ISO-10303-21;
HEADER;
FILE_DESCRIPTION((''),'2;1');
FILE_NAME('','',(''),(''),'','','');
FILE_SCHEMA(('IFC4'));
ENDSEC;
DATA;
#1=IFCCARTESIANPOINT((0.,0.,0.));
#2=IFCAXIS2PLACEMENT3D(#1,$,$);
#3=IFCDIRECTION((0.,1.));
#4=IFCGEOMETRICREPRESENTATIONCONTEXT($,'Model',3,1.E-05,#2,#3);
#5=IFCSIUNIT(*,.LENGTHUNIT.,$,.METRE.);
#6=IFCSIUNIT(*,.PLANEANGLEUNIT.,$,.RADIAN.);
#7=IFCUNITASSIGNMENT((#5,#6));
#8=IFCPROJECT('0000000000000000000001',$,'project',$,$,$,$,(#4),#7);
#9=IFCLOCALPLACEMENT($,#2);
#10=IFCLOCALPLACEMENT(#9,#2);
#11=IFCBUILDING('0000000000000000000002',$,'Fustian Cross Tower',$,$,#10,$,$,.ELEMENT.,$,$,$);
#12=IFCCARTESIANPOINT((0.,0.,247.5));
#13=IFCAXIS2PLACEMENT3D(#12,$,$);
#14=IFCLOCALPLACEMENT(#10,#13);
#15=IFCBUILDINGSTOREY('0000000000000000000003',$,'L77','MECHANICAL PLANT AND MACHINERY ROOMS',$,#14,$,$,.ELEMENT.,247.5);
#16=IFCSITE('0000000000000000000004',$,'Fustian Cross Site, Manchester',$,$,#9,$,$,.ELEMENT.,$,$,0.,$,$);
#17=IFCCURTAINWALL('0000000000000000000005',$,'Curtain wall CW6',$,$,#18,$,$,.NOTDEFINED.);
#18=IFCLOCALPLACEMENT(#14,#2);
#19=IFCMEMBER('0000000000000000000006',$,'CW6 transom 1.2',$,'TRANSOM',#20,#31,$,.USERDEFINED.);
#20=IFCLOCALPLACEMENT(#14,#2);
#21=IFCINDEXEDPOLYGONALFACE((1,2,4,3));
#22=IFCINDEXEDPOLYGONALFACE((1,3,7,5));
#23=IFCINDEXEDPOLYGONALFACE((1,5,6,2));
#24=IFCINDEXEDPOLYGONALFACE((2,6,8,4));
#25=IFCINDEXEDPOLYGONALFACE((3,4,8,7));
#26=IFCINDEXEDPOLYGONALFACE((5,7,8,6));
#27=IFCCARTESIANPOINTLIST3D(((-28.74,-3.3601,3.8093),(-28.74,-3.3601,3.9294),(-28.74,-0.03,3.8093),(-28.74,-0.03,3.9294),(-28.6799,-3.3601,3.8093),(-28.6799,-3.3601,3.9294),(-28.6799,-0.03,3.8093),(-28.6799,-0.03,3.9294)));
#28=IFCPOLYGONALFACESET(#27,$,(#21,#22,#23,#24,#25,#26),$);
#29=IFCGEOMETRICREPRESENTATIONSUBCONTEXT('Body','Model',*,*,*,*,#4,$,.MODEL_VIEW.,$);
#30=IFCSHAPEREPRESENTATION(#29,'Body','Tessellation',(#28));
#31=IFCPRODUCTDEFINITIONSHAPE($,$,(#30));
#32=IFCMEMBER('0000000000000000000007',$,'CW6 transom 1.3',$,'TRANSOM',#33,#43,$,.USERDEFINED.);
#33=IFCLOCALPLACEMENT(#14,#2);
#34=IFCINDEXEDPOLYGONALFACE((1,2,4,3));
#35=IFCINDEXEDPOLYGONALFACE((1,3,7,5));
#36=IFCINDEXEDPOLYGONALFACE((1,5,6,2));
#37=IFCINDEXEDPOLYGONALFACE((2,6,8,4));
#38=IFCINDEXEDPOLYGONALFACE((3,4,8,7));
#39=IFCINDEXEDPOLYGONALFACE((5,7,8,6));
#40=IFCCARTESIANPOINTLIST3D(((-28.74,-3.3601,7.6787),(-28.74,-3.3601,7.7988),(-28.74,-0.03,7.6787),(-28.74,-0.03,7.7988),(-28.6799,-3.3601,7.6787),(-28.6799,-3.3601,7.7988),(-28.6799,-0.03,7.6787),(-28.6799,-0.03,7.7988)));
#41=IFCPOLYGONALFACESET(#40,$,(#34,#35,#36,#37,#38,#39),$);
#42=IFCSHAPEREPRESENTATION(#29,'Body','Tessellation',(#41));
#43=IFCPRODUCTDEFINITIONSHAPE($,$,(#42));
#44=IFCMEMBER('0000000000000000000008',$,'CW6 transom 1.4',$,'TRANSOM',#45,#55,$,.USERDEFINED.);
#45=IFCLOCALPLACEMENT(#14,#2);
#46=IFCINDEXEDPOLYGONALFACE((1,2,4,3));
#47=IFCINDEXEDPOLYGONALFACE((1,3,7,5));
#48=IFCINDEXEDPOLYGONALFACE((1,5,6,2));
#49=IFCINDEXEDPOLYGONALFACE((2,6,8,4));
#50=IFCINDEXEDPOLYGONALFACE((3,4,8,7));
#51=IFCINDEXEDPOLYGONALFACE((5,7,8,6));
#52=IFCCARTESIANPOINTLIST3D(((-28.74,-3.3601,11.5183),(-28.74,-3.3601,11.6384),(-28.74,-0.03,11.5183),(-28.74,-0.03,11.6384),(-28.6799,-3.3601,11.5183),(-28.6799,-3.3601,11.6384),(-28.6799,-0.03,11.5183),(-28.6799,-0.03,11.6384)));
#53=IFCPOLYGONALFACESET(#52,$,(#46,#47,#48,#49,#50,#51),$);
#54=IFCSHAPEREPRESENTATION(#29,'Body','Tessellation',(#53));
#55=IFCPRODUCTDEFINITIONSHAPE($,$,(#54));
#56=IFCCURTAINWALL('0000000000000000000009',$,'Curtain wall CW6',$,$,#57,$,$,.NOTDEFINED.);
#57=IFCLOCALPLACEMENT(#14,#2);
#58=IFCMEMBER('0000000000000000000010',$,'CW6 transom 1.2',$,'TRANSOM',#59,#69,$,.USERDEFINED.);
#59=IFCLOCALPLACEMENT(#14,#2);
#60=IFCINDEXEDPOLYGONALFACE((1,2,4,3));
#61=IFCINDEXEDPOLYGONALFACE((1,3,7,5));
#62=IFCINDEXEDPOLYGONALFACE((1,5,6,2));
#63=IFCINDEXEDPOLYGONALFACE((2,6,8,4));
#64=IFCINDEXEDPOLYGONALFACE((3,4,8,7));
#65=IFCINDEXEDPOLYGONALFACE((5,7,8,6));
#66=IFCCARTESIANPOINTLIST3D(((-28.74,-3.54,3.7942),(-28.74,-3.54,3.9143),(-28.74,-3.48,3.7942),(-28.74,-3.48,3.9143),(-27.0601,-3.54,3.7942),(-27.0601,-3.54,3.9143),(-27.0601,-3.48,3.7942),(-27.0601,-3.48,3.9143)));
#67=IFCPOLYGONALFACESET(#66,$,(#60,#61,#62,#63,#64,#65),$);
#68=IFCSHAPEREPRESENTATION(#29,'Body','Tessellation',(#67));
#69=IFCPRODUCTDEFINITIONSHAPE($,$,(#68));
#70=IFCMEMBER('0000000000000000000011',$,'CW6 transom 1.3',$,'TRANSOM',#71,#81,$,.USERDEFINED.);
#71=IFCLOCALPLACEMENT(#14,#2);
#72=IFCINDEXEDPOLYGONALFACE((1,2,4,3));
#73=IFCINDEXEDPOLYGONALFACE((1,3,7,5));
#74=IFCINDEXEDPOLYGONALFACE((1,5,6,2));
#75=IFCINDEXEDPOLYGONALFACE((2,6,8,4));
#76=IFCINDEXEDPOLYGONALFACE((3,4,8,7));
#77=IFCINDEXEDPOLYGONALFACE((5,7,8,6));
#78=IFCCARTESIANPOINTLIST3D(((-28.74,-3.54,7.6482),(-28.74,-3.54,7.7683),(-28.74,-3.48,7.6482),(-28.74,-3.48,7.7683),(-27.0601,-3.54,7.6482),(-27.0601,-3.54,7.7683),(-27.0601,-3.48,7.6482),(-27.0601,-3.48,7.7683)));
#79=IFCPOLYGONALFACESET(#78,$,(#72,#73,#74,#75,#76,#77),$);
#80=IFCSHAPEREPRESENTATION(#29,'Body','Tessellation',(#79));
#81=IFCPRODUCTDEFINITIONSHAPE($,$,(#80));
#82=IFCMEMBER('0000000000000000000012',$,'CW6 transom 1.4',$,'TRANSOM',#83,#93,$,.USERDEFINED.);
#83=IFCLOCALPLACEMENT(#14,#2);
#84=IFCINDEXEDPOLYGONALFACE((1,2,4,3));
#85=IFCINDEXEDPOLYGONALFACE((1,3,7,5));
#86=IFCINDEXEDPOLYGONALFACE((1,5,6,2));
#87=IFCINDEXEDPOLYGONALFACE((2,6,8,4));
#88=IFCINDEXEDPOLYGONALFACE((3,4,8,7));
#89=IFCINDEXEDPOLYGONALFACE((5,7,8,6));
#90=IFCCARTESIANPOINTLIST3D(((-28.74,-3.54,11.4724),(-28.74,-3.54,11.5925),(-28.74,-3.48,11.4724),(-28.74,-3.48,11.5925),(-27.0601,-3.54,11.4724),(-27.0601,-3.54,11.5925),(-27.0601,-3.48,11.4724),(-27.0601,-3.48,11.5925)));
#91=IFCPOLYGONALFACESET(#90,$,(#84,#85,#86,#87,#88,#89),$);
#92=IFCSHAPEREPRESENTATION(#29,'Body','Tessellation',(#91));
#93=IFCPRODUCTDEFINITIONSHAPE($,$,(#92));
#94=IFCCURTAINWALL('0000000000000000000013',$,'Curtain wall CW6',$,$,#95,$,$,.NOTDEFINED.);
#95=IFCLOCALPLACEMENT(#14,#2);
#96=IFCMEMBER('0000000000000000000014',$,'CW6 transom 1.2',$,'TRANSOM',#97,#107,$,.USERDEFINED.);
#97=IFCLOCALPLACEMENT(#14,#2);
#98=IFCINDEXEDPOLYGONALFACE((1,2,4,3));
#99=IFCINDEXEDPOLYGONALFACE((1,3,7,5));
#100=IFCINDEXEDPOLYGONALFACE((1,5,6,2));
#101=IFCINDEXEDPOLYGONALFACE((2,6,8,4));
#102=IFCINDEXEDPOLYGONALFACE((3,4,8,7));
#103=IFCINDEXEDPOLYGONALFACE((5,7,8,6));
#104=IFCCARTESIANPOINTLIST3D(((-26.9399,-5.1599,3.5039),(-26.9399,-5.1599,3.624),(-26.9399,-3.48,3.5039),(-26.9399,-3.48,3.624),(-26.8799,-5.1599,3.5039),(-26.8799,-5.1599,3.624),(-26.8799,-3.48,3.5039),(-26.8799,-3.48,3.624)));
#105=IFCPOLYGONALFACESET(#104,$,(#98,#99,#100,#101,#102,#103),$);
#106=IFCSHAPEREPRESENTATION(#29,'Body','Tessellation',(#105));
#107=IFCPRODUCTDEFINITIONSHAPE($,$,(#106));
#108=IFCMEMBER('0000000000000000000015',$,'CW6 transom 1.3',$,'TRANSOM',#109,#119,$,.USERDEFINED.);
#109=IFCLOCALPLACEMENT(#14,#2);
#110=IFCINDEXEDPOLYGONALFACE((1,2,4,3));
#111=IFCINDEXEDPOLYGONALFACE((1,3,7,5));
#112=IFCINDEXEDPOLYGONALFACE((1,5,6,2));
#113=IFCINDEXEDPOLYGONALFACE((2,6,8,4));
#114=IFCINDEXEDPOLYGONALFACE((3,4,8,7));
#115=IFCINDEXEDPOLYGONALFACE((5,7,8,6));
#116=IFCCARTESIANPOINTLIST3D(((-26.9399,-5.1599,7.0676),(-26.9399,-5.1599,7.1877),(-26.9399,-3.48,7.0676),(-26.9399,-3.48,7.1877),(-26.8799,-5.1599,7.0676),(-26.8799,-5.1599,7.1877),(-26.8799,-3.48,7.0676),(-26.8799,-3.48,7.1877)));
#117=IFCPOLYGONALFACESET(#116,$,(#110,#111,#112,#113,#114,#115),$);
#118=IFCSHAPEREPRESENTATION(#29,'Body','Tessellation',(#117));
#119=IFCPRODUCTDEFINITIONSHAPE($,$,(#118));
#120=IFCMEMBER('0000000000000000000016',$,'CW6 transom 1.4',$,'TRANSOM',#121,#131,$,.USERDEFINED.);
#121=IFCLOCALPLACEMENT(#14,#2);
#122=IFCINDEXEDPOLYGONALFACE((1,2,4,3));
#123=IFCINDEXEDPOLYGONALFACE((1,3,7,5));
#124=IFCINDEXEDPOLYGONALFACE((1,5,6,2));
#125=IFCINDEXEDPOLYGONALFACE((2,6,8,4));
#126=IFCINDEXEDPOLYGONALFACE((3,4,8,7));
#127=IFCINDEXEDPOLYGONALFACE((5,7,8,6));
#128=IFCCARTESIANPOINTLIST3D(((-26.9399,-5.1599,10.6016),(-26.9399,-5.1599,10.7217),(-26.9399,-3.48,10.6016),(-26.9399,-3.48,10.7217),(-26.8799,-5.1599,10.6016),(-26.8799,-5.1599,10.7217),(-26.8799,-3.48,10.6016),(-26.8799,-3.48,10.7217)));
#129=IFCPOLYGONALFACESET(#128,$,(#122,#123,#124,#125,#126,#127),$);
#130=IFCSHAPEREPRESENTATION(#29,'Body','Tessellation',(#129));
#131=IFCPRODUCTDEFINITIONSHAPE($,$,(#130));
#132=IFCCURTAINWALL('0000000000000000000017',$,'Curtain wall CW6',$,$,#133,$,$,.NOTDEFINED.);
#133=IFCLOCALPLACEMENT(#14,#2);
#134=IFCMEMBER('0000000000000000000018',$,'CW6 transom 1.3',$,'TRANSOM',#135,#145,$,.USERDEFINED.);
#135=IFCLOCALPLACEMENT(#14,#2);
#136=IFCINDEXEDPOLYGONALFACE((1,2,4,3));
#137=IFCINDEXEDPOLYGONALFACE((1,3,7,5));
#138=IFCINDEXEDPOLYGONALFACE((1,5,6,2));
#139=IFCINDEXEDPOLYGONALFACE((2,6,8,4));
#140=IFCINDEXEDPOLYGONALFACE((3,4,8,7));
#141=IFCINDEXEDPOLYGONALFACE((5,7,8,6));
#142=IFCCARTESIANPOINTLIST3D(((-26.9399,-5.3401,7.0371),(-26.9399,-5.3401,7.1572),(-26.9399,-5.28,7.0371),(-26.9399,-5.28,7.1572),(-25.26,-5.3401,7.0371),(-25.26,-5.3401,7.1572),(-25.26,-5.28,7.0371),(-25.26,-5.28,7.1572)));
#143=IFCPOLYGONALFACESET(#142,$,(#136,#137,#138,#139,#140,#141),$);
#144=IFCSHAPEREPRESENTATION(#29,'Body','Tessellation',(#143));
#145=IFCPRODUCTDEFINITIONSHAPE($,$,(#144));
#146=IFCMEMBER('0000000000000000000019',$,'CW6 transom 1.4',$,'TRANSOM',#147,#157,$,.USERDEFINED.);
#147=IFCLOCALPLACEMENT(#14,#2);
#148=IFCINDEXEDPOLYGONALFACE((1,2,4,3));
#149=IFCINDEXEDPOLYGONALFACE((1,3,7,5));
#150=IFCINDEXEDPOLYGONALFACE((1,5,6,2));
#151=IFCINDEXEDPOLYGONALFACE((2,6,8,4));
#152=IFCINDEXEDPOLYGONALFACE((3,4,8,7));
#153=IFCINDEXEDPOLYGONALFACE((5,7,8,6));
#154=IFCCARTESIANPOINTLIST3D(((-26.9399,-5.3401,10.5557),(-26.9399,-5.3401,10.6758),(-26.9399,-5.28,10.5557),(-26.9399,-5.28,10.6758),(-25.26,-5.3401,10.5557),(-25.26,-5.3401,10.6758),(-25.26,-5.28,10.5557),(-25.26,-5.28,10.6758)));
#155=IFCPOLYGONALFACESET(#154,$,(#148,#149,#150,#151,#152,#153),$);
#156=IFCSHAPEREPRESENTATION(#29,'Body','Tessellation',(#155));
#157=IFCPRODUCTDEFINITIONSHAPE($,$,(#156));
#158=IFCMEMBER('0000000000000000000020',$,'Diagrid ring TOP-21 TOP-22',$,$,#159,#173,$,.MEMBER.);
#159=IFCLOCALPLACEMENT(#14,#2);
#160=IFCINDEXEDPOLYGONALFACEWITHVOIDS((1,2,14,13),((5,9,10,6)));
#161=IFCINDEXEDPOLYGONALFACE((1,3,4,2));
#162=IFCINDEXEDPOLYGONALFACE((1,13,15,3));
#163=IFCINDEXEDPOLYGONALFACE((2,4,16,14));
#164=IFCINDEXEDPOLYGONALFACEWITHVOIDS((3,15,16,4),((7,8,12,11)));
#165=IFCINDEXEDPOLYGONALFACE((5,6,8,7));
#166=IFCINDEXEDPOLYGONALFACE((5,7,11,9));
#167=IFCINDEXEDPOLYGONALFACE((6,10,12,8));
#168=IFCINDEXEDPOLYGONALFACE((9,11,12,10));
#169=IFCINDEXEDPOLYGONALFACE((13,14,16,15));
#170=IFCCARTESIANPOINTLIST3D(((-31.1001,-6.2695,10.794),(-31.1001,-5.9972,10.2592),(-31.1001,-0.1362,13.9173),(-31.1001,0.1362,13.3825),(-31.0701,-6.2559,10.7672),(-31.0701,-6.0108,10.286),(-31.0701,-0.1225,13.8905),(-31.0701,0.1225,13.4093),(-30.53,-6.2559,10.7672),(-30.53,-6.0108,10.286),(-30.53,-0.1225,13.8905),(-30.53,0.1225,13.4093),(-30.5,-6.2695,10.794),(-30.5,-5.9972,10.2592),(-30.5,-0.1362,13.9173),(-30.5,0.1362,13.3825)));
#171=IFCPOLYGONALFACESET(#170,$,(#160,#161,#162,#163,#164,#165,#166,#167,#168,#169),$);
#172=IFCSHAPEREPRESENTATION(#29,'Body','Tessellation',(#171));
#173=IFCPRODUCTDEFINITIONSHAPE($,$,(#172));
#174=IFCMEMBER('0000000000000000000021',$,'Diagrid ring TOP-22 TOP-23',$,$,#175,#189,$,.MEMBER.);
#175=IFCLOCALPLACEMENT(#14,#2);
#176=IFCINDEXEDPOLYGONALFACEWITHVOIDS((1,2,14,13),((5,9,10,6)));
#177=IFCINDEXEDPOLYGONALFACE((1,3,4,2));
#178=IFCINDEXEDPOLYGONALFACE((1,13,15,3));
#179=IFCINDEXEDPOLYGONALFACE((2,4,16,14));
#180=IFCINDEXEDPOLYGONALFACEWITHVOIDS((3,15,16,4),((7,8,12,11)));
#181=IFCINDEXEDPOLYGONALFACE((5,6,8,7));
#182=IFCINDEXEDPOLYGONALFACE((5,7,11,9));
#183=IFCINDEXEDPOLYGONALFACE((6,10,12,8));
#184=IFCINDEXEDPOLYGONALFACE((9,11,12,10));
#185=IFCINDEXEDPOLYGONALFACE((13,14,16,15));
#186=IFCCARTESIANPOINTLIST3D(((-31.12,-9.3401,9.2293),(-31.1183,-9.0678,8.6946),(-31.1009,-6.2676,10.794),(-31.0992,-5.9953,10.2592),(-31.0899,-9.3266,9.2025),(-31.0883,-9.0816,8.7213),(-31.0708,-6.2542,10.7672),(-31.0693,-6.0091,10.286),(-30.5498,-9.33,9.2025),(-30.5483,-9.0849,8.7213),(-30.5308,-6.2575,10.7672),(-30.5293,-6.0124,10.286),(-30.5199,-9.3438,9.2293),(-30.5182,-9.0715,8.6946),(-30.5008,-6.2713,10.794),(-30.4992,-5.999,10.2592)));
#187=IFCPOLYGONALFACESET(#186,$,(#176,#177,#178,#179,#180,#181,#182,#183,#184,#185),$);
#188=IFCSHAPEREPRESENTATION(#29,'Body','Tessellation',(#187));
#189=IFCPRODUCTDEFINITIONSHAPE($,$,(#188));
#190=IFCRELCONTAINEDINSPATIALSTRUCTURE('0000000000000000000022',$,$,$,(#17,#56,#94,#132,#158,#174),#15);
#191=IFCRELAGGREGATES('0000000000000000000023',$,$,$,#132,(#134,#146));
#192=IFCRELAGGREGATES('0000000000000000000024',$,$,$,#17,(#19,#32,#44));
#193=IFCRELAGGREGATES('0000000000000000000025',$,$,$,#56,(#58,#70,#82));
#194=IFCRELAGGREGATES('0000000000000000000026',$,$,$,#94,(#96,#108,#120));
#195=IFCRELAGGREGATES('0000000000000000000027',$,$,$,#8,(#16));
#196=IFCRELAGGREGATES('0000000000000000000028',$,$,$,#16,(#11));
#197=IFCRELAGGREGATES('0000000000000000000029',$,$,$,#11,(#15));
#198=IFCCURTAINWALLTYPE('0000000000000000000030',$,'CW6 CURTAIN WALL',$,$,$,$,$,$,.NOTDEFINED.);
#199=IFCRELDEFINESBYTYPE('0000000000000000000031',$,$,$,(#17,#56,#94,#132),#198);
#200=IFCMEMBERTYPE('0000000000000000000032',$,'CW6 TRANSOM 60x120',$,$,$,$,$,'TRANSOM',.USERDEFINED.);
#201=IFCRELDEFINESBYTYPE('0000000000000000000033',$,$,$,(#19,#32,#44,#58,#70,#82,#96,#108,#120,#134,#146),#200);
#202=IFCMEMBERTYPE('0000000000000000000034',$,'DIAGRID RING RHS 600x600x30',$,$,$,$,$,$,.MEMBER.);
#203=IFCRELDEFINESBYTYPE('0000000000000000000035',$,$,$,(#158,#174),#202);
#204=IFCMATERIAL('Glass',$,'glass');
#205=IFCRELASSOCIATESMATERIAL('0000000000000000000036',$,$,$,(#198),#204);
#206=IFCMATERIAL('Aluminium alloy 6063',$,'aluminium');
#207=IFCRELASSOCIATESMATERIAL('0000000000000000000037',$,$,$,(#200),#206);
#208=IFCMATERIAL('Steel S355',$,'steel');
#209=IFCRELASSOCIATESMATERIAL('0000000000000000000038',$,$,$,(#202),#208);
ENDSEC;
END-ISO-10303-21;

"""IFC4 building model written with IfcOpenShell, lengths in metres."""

from ifc_helpers import new_model, si_unit, direction, frame, origin, origin_2d, place, context, subcontext, project, spatial, rectangle, hollow_rectangle, extrude, material, material_profile, profile_set, type_object, element, aggregate, save


model = new_model("IFC4")

# Units and contexts
model_context = context("Model", 3, precision=1e-05, world=origin(), true_north=direction((0.0, 1.0)))
body_context = subcontext(model_context, "Body", "Model", "MODEL_VIEW")
ifc_project = project(units=[si_unit("LENGTHUNIT", "METRE"), si_unit("PLANEANGLEUNIT", "RADIAN")], contexts=[model_context])

# Site, building, storey
site_placement = place(None, origin())
site = spatial("IfcSite", under=ifc_project, at=site_placement, Name="Fustian Cross Site, Manchester", CompositionType="ELEMENT", RefElevation=0.0)
building_placement = place(site_placement, origin())
building = spatial("IfcBuilding", under=site, at=building_placement, Name="Fustian Cross Tower", CompositionType="ELEMENT")
storey_placement = place(building_placement, frame((0.0, 0.0, 247.5)))
storey = spatial("IfcBuildingStorey", under=building, at=storey_placement, Name="L77", Description="MECHANICAL PLANT AND MACHINERY ROOMS", CompositionType="ELEMENT", Elevation=247.5)

# Curtain walls, members
ifc_material_1 = material(Name="Glass", Category="glass")
curtain_wall_type = type_object("IfcCurtainWallType", Name="CW6 CURTAIN WALL", PredefinedType="NOTDEFINED", material=ifc_material_1)
curtain_wall_1_placement = place(storey_placement, origin())
curtain_wall_1 = element("IfcCurtainWall", 1, at=curtain_wall_1_placement, inside=storey, type_object=curtain_wall_type, Name="Curtain wall CW6", PredefinedType="NOTDEFINED")
ifc_material_2 = material(Name="Aluminium alloy 6063", Category="aluminium")
ifc_material_profile_1 = material_profile(ifc_material_2, rectangle(XDim=0.0601, YDim=0.1201, at=origin_2d()), Name="CW6 TRANSOM 60x120")
ifc_profile_set_1 = profile_set([ifc_material_profile_1], Name="Aluminium alloy 6063")
member_type_1 = type_object("IfcMemberType", Name="CW6 TRANSOM 60x120", ElementType="TRANSOM", PredefinedType="USERDEFINED", material=ifc_profile_set_1)
member_1_placement = place(storey_placement, frame((-28.71, -0.03, 3.8694), z_axis=(0.0, -1.0, 0.0), x_axis=(1.0, 0.0, 0.0)))
member_1 = element("IfcMember", 2, at=member_1_placement, type_object=member_type_1, Name="CW6 transom 1.2", ObjectType="TRANSOM", PredefinedType="USERDEFINED", context=body_context, shape_type="SweptSolid", body=[
    extrude(rectangle(XDim=0.0601, YDim=0.1201, at=origin_2d()), origin(), (0.0, 0.0, 1.0), 3.3301),
])
member_2_placement = place(storey_placement, frame((-28.71, -0.03, 7.7388), z_axis=(0.0, -1.0, 0.0), x_axis=(1.0, 0.0, 0.0)))
member_2 = element("IfcMember", 3, at=member_2_placement, type_object=member_type_1, Name="CW6 transom 1.3", ObjectType="TRANSOM", PredefinedType="USERDEFINED", context=body_context, shape_type="SweptSolid", body=[
    extrude(rectangle(XDim=0.0601, YDim=0.1201, at=origin_2d()), origin(), (0.0, 0.0, 1.0), 3.3301),
])
member_3_placement = place(storey_placement, frame((-28.71, -0.03, 11.5784), z_axis=(0.0, -1.0, 0.0), x_axis=(1.0, 0.0, 0.0)))
member_3 = element("IfcMember", 4, at=member_3_placement, type_object=member_type_1, Name="CW6 transom 1.4", ObjectType="TRANSOM", PredefinedType="USERDEFINED", context=body_context, shape_type="SweptSolid", body=[
    extrude(rectangle(XDim=0.0601, YDim=0.1201, at=origin_2d()), origin(), (0.0, 0.0, 1.0), 3.3301),
])
curtain_wall_2_placement = place(storey_placement, origin())
curtain_wall_2 = element("IfcCurtainWall", 5, at=curtain_wall_2_placement, inside=storey, type_object=curtain_wall_type, Name="Curtain wall CW6", PredefinedType="NOTDEFINED")
member_4_placement = place(storey_placement, frame((-28.74, -3.51, 3.8542), z_axis=(1.0, 0.0, 0.0), x_axis=(0.0, 1.0, 0.0)))
member_4 = element("IfcMember", 6, at=member_4_placement, type_object=member_type_1, Name="CW6 transom 1.2", ObjectType="TRANSOM", PredefinedType="USERDEFINED", context=body_context, shape_type="SweptSolid", body=[
    extrude(rectangle(XDim=0.0601, YDim=0.1201, at=origin_2d()), origin(), (0.0, 0.0, 1.0), 1.6799),
])
member_5_placement = place(storey_placement, frame((-28.74, -3.51, 7.7083), z_axis=(1.0, 0.0, 0.0), x_axis=(0.0, 1.0, 0.0)))
member_5 = element("IfcMember", 7, at=member_5_placement, type_object=member_type_1, Name="CW6 transom 1.3", ObjectType="TRANSOM", PredefinedType="USERDEFINED", context=body_context, shape_type="SweptSolid", body=[
    extrude(rectangle(XDim=0.0601, YDim=0.1201, at=origin_2d()), origin(), (0.0, 0.0, 1.0), 1.6799),
])
member_6_placement = place(storey_placement, frame((-28.74, -3.51, 11.5325), z_axis=(1.0, 0.0, 0.0), x_axis=(0.0, 1.0, 0.0)))
member_6 = element("IfcMember", 8, at=member_6_placement, type_object=member_type_1, Name="CW6 transom 1.4", ObjectType="TRANSOM", PredefinedType="USERDEFINED", context=body_context, shape_type="SweptSolid", body=[
    extrude(rectangle(XDim=0.0601, YDim=0.1201, at=origin_2d()), origin(), (0.0, 0.0, 1.0), 1.6799),
])
curtain_wall_3_placement = place(storey_placement, origin())
curtain_wall_3 = element("IfcCurtainWall", 9, at=curtain_wall_3_placement, inside=storey, type_object=curtain_wall_type, Name="Curtain wall CW6", PredefinedType="NOTDEFINED")
member_7_placement = place(storey_placement, frame((-26.9099, -3.48, 3.564), z_axis=(0.0, -1.0, 0.0), x_axis=(1.0, 0.0, 0.0)))
member_7 = element("IfcMember", 10, at=member_7_placement, type_object=member_type_1, Name="CW6 transom 1.2", ObjectType="TRANSOM", PredefinedType="USERDEFINED", context=body_context, shape_type="SweptSolid", body=[
    extrude(rectangle(XDim=0.0601, YDim=0.1201, at=origin_2d()), origin(), (0.0, 0.0, 1.0), 1.6799),
])
member_8_placement = place(storey_placement, frame((-26.9099, -3.48, 7.1277), z_axis=(0.0, -1.0, 0.0), x_axis=(1.0, 0.0, 0.0)))
member_8 = element("IfcMember", 11, at=member_8_placement, type_object=member_type_1, Name="CW6 transom 1.3", ObjectType="TRANSOM", PredefinedType="USERDEFINED", context=body_context, shape_type="SweptSolid", body=[
    extrude(rectangle(XDim=0.0601, YDim=0.1201, at=origin_2d()), origin(), (0.0, 0.0, 1.0), 1.6799),
])
member_9_placement = place(storey_placement, frame((-26.9099, -3.48, 10.6616), z_axis=(0.0, -1.0, 0.0), x_axis=(1.0, 0.0, 0.0)))
member_9 = element("IfcMember", 12, at=member_9_placement, type_object=member_type_1, Name="CW6 transom 1.4", ObjectType="TRANSOM", PredefinedType="USERDEFINED", context=body_context, shape_type="SweptSolid", body=[
    extrude(rectangle(XDim=0.0601, YDim=0.1201, at=origin_2d()), origin(), (0.0, 0.0, 1.0), 1.6799),
])
curtain_wall_4_placement = place(storey_placement, origin())
curtain_wall_4 = element("IfcCurtainWall", 13, at=curtain_wall_4_placement, inside=storey, type_object=curtain_wall_type, Name="Curtain wall CW6", PredefinedType="NOTDEFINED")
member_10_placement = place(storey_placement, frame((-26.9399, -5.3101, 7.0972), z_axis=(1.0, 0.0, 0.0), x_axis=(0.0, 1.0, 0.0)))
member_10 = element("IfcMember", 14, at=member_10_placement, type_object=member_type_1, Name="CW6 transom 1.3", ObjectType="TRANSOM", PredefinedType="USERDEFINED", context=body_context, shape_type="SweptSolid", body=[
    extrude(rectangle(XDim=0.0601, YDim=0.1201, at=origin_2d()), origin(), (0.0, 0.0, 1.0), 1.6799),
])
member_11_placement = place(storey_placement, frame((-26.9399, -5.3101, 10.6157), z_axis=(1.0, 0.0, 0.0), x_axis=(0.0, 1.0, 0.0)))
member_11 = element("IfcMember", 15, at=member_11_placement, type_object=member_type_1, Name="CW6 transom 1.4", ObjectType="TRANSOM", PredefinedType="USERDEFINED", context=body_context, shape_type="SweptSolid", body=[
    extrude(rectangle(XDim=0.0601, YDim=0.1201, at=origin_2d()), origin(), (0.0, 0.0, 1.0), 1.6799),
])
aggregate(curtain_wall_4, [member_10, member_11])

# Members
ifc_material_3 = material(Name="Steel S355", Category="steel")
ifc_material_profile_2 = material_profile(ifc_material_3, hollow_rectangle(XDim=0.6001, YDim=0.6001, WallThickness=0.03, at=origin_2d()), Name="RHS 600x600x30")
ifc_profile_set_2 = profile_set([ifc_material_profile_2], Name="Steel S355")
member_type_2 = type_object("IfcMemberType", Name="DIAGRID RING RHS 600x600x30", PredefinedType="MEMBER", material=ifc_profile_set_2)
member_12_placement = place(storey_placement, frame((-30.8, 0.0, 13.6499), z_axis=(0.0, -0.891111, -0.453785), x_axis=(1.0, 0.0, 0.0)))
element("IfcMember", 16, at=member_12_placement, inside=storey, type_object=member_type_2, Name="Diagrid ring TOP-21 TOP-22", PredefinedType="MEMBER", context=body_context, shape_type="SweptSolid", body=[
    extrude(hollow_rectangle(XDim=0.6001, YDim=0.6001, WallThickness=0.03, at=origin_2d()), origin(), (0.0, 0.0, 1.0), 6.8828),
])
member_13_placement = place(storey_placement, frame((-30.8, -6.1333, 10.5266), z_axis=(-0.005523, -0.89109, -0.453794), x_axis=(0.999981, -0.006198, 0.0)))
element("IfcMember", 17, at=member_13_placement, inside=storey, type_object=member_type_2, Name="Diagrid ring TOP-22 TOP-23", PredefinedType="MEMBER", context=body_context, shape_type="SweptSolid", body=[
    extrude(hollow_rectangle(XDim=0.6001, YDim=0.6001, WallThickness=0.03, at=origin_2d()), origin(), (0.0, 0.0, 1.0), 3.448),
])

aggregate(curtain_wall_1, [member_1, member_2, member_3])
aggregate(curtain_wall_2, [member_4, member_5, member_6])
aggregate(curtain_wall_3, [member_7, member_8, member_9])

save(model, "model.ifc")
